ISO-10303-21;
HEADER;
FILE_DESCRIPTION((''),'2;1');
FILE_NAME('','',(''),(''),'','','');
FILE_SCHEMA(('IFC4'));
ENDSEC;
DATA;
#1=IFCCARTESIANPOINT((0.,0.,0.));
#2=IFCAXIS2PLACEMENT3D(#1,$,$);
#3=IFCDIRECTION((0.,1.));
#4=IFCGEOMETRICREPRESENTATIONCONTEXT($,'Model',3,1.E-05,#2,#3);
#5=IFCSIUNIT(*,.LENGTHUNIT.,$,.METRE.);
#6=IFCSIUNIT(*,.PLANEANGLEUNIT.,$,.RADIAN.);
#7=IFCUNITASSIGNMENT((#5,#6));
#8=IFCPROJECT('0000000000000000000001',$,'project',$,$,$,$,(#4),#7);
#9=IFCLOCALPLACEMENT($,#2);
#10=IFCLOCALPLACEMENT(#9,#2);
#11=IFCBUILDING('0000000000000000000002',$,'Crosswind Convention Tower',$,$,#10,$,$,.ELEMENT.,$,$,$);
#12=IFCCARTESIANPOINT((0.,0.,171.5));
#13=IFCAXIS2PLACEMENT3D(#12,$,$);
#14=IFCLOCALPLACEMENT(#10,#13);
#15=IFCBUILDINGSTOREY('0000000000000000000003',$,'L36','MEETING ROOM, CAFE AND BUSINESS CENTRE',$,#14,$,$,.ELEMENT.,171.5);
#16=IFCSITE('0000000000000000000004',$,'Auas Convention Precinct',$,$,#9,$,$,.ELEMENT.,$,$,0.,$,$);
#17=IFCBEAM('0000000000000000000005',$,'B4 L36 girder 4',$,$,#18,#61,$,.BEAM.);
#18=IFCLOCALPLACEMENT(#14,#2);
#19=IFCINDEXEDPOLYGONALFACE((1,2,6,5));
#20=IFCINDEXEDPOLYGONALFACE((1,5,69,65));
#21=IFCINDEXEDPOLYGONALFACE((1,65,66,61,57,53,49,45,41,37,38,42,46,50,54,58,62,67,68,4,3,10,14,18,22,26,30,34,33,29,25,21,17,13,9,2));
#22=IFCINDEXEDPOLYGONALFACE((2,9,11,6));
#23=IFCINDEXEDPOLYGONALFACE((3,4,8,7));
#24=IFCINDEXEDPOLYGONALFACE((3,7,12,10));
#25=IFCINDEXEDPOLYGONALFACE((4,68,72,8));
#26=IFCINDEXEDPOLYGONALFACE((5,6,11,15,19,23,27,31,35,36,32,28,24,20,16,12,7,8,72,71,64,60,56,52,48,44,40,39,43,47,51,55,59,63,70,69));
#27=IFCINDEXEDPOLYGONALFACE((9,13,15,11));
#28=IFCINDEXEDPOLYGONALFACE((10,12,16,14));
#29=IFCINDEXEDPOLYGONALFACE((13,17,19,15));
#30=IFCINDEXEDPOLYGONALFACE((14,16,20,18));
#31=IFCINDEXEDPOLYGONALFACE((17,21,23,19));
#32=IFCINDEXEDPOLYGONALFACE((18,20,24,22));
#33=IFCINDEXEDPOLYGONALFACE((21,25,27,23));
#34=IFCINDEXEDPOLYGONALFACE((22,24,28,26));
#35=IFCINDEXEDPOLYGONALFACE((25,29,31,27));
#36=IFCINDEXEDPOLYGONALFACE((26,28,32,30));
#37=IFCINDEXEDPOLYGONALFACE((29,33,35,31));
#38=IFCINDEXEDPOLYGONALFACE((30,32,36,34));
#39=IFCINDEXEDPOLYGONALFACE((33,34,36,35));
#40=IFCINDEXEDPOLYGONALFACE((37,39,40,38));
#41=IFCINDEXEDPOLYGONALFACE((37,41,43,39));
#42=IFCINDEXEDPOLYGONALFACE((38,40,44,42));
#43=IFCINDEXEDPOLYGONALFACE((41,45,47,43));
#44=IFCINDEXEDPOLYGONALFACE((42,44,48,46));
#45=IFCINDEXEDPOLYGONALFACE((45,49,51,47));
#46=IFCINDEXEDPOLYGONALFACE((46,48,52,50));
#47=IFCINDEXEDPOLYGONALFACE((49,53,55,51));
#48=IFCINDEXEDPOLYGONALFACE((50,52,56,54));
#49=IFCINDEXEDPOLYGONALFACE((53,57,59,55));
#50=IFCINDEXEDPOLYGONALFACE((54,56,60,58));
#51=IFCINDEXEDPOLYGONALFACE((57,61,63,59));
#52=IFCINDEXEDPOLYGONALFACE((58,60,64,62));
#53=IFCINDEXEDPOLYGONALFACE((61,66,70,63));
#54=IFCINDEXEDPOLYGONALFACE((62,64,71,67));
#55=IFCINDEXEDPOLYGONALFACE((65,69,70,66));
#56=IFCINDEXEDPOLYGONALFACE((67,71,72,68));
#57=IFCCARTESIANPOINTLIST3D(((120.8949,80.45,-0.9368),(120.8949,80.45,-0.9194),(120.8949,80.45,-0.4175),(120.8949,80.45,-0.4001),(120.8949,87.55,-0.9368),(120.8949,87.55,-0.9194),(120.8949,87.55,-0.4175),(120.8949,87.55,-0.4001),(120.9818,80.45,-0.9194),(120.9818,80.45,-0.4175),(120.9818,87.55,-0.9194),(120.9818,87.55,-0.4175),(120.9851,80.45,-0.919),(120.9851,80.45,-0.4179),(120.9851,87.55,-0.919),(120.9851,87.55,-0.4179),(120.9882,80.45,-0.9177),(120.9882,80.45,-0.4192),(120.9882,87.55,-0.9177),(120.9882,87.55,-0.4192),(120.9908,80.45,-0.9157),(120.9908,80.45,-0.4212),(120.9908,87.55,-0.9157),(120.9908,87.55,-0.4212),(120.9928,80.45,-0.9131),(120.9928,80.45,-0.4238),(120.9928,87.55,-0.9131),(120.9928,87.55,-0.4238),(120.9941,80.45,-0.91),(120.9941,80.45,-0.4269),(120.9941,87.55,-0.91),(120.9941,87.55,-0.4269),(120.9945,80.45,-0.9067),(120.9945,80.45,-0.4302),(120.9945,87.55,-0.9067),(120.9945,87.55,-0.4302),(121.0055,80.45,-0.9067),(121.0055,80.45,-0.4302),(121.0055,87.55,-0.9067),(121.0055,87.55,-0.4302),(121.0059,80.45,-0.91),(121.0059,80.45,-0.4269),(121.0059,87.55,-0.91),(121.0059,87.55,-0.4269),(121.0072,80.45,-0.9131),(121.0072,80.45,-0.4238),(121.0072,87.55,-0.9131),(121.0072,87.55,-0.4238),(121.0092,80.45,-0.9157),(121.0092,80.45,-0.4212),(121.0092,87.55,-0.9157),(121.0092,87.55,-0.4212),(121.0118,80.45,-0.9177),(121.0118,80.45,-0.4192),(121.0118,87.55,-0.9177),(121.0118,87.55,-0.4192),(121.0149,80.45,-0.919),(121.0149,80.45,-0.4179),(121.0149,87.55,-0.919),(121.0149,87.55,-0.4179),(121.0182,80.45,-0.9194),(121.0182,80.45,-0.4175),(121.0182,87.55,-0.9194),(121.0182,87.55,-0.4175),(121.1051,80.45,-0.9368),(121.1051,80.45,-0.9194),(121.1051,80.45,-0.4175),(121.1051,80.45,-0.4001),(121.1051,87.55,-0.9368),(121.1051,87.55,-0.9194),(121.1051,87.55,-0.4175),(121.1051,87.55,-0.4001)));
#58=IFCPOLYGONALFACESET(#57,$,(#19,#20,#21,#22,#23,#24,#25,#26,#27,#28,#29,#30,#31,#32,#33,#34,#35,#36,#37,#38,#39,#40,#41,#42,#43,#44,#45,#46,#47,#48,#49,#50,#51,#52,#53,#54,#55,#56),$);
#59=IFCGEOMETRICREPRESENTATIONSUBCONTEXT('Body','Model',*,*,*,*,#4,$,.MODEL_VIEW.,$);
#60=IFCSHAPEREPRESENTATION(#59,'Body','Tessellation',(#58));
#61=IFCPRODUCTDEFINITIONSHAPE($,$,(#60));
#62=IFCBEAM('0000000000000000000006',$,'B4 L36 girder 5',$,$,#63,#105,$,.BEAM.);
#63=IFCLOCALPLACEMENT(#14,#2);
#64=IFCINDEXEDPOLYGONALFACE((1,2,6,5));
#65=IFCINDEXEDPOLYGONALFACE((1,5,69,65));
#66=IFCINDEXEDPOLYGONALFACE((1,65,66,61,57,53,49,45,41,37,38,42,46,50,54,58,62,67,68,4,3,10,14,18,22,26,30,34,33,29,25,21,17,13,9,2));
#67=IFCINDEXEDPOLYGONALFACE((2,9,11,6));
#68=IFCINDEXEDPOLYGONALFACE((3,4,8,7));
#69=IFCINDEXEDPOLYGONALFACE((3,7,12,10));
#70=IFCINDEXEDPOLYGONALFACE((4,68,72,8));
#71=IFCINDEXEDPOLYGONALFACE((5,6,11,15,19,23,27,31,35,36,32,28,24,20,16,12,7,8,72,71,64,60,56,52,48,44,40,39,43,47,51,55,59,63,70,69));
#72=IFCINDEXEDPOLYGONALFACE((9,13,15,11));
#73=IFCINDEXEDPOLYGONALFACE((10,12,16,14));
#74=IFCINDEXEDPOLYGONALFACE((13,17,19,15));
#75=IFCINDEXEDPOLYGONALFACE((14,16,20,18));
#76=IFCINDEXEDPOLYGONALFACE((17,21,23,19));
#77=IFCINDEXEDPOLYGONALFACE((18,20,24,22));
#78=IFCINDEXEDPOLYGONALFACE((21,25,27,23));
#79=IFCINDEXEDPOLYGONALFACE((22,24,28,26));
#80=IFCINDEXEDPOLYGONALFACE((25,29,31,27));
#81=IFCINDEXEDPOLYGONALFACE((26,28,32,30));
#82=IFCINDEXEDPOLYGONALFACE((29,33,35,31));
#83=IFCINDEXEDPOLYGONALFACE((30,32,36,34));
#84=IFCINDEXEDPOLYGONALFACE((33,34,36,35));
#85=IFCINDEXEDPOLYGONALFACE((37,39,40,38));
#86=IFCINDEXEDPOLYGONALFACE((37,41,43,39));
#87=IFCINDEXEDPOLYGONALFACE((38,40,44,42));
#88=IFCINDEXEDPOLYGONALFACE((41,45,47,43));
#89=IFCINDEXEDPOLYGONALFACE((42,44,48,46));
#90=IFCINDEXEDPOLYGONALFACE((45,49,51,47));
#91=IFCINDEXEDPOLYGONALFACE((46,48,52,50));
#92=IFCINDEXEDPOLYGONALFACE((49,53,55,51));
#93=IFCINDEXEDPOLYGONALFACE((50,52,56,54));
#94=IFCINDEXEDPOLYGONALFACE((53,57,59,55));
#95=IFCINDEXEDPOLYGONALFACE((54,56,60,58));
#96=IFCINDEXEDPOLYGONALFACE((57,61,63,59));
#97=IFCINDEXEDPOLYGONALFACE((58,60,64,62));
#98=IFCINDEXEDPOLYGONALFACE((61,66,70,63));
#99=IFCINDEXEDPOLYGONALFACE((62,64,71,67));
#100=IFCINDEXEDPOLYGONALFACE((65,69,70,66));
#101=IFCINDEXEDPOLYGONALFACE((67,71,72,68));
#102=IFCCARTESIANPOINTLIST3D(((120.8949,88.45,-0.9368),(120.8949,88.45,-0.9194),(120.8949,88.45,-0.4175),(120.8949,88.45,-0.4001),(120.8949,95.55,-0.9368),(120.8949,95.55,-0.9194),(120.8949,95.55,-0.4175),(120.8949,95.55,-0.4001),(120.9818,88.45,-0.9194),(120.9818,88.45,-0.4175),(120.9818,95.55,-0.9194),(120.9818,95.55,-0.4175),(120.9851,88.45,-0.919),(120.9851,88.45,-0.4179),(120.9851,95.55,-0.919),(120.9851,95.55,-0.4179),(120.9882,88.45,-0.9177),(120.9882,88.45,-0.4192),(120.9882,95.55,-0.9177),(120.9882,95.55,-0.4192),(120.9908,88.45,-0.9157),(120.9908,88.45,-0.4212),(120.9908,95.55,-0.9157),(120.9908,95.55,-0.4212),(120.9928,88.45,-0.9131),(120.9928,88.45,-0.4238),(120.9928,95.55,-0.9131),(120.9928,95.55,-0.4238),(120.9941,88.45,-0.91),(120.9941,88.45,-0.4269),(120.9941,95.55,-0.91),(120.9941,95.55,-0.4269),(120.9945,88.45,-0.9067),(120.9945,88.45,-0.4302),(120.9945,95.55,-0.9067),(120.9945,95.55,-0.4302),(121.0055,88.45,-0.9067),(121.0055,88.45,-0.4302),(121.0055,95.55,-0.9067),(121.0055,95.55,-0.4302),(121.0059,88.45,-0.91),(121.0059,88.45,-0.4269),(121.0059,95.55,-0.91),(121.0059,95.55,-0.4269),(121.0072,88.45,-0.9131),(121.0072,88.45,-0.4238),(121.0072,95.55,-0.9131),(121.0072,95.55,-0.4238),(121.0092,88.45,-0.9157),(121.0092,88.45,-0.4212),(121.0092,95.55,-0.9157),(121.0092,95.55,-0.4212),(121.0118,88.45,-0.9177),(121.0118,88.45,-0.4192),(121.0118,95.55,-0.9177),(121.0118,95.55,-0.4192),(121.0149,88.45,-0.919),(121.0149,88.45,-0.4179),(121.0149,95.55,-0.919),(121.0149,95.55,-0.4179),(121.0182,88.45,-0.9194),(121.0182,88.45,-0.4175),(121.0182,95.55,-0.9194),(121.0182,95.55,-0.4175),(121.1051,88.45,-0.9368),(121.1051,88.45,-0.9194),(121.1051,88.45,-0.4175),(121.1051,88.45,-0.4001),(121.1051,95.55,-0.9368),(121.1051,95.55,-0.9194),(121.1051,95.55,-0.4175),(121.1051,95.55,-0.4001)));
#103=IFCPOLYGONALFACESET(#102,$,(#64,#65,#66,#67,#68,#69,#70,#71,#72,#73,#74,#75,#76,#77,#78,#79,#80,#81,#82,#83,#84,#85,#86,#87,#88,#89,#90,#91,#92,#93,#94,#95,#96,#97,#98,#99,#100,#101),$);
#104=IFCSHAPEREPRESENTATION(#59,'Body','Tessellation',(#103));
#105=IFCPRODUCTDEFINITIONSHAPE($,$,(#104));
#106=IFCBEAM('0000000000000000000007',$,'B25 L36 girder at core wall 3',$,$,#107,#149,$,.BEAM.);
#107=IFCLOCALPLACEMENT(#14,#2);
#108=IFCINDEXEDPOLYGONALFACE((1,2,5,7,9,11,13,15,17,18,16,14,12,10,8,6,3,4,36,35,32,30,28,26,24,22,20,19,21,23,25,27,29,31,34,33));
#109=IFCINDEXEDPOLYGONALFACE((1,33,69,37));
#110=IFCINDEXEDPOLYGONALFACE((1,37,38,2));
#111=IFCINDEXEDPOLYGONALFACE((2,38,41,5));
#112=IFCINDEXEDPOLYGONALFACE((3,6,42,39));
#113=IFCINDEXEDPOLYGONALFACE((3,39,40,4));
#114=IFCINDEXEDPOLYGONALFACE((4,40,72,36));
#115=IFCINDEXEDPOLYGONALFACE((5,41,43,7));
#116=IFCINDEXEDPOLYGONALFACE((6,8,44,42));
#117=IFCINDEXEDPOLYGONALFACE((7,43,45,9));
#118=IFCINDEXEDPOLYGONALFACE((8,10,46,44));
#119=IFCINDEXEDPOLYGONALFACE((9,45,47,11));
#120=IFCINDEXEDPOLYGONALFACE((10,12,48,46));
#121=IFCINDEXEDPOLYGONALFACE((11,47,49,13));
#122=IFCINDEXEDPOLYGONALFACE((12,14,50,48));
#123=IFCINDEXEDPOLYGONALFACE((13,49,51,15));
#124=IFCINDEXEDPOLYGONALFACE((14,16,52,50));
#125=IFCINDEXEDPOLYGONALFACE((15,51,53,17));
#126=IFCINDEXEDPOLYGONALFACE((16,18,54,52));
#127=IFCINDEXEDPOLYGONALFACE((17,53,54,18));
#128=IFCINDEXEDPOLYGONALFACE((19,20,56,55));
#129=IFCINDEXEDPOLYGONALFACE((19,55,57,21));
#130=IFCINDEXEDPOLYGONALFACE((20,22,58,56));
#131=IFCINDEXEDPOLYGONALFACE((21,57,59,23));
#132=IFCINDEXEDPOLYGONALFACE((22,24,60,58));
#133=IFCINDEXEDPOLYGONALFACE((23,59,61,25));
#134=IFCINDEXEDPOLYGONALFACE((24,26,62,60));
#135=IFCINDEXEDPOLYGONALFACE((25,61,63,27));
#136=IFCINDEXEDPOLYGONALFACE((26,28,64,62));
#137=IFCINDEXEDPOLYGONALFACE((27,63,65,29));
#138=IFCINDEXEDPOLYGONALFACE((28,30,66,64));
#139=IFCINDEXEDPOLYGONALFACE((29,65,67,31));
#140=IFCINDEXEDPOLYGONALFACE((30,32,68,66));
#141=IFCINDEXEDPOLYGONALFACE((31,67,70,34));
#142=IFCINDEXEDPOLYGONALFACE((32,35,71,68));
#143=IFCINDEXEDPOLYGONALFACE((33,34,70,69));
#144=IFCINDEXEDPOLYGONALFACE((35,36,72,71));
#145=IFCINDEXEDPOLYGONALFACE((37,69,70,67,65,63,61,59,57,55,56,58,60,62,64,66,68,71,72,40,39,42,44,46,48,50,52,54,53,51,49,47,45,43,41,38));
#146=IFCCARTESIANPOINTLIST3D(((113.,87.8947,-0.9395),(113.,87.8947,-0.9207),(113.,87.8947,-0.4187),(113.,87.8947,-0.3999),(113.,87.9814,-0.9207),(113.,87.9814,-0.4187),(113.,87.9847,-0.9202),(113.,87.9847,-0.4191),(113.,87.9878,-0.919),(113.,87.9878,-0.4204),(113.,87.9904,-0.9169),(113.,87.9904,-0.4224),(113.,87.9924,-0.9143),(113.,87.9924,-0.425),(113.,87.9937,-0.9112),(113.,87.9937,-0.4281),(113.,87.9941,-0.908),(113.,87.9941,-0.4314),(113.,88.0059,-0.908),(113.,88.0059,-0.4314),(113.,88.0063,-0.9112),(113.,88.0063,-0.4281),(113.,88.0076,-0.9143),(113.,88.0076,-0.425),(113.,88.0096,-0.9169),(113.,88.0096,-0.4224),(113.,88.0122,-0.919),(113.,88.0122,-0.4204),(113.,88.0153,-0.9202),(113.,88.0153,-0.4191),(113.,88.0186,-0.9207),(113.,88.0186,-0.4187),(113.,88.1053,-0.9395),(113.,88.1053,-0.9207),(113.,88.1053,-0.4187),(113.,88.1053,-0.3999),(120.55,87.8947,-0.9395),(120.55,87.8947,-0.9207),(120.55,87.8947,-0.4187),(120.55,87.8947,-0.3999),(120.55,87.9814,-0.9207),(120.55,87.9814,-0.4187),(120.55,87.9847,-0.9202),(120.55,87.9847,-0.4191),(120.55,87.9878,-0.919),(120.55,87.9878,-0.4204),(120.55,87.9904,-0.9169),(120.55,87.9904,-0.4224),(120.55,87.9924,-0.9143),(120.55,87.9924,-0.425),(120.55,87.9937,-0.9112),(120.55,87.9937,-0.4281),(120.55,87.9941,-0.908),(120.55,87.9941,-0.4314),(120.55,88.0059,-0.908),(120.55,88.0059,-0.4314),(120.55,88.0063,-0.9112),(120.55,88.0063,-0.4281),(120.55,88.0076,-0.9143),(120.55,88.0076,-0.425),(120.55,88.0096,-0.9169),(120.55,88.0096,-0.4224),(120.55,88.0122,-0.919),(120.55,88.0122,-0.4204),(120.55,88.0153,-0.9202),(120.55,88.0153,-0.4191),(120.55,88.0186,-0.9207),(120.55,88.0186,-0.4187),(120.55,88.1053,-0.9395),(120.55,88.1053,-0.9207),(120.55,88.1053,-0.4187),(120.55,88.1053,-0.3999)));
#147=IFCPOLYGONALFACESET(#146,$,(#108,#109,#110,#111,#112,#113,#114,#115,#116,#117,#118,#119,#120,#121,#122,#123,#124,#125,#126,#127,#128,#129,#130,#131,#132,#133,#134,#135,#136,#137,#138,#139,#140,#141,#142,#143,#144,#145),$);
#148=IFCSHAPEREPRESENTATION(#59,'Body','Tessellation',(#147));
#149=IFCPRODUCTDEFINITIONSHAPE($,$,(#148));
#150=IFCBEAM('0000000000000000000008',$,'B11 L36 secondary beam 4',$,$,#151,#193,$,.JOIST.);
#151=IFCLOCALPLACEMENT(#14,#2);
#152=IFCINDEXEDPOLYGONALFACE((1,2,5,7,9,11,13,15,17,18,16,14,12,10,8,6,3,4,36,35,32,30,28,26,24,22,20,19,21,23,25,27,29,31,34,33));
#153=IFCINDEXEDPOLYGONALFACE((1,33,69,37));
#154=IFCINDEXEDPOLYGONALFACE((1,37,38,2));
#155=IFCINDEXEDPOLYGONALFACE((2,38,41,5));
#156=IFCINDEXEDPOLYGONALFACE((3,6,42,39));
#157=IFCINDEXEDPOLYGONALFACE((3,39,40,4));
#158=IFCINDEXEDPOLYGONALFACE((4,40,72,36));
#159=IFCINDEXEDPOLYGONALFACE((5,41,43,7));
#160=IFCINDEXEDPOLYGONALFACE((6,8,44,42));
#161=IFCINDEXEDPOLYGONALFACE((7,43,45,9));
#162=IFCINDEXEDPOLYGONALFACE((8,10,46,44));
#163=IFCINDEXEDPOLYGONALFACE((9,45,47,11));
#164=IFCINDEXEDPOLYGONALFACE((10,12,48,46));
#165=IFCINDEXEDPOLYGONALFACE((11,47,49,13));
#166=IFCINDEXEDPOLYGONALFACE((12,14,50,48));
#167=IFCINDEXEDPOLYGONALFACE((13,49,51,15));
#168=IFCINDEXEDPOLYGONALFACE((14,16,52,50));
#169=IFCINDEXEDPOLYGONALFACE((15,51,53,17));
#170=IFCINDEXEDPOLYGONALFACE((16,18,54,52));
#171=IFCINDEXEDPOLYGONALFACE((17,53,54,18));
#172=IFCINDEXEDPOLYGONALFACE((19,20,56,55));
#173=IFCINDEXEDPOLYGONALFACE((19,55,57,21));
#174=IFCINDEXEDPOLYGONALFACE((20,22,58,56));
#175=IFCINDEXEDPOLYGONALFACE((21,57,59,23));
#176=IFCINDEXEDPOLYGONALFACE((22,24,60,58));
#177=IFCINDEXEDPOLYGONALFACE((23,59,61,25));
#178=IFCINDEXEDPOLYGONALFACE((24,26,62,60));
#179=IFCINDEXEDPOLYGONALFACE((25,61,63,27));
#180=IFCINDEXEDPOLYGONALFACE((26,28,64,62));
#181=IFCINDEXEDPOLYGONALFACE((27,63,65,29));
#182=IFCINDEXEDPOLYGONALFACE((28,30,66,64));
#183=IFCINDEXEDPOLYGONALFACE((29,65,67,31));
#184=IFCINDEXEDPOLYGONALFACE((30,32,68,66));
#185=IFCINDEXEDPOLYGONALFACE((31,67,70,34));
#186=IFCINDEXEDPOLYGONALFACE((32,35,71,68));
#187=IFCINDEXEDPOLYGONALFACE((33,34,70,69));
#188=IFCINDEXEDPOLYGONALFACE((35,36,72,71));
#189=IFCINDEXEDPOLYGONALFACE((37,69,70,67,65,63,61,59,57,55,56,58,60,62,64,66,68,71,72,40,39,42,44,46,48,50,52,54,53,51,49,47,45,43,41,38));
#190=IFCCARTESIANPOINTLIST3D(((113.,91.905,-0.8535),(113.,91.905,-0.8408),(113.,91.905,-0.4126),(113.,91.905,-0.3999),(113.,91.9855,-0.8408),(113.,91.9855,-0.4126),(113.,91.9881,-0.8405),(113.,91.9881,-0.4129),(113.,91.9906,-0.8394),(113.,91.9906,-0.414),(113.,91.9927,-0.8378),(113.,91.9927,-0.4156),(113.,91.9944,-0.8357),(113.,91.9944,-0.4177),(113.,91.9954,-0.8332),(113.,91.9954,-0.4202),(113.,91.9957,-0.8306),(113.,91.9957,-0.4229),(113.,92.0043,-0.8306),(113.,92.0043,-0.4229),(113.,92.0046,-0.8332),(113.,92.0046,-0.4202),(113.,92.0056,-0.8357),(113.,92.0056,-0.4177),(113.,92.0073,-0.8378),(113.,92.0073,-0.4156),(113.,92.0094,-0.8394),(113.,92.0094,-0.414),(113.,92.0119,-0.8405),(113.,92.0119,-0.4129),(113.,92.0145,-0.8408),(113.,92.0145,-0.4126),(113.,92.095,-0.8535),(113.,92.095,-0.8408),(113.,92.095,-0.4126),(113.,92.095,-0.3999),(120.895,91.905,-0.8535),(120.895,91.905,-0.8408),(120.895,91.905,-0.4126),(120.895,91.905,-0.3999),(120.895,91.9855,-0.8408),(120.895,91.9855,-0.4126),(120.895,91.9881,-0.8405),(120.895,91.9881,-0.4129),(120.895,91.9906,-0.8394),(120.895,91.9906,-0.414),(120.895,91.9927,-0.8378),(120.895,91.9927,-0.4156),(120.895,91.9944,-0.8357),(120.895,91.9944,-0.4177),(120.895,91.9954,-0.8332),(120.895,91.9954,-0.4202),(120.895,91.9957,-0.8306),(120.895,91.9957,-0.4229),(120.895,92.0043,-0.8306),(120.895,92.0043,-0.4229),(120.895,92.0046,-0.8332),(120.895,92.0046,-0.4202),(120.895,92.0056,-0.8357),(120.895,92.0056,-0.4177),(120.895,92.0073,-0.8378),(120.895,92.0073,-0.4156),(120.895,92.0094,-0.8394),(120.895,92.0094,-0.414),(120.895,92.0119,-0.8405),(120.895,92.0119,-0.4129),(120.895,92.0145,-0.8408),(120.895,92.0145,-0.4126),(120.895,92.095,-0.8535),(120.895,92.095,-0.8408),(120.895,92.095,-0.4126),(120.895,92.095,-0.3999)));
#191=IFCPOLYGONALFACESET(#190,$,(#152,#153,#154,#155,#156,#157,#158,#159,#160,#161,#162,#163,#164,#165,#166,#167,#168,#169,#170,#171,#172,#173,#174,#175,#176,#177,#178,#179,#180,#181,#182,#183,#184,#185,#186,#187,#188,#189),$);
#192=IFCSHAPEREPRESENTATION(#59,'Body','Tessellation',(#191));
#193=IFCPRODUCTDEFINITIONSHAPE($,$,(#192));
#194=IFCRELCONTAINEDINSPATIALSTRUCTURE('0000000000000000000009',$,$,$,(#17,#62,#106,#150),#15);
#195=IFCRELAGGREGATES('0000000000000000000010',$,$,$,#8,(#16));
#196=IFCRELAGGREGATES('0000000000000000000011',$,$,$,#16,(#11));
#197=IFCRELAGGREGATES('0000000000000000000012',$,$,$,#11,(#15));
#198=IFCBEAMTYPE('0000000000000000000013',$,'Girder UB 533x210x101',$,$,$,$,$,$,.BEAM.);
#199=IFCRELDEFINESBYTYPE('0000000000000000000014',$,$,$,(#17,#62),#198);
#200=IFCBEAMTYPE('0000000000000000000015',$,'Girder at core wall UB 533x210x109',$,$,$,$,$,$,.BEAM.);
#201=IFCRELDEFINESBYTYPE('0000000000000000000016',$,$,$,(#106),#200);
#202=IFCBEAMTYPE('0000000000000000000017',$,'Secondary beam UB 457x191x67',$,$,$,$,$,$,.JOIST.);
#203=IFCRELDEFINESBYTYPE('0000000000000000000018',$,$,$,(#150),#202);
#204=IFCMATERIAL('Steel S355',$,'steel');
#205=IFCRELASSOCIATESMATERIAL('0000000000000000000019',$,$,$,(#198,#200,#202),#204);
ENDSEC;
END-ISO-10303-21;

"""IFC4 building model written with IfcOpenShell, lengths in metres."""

from ifc_helpers import new_model, si_unit, direction, frame, origin, origin_2d, place, context, subcontext, project, spatial, i_section, extrude, material, material_profile, profile_set, type_object, element, save


model = new_model("IFC4")

# Units and contexts
model_context = context("Model", 3, precision=1e-05, world=origin(), true_north=direction((0.0, 1.0)))
body_context = subcontext(model_context, "Body", "Model", "MODEL_VIEW")
ifc_project = project(units=[si_unit("LENGTHUNIT", "METRE"), si_unit("PLANEANGLEUNIT", "RADIAN")], contexts=[model_context])

# Site, building, storey
site_placement = place(None, origin())
site = spatial("IfcSite", under=ifc_project, at=site_placement, Name="Auas Convention Precinct", CompositionType="ELEMENT", RefElevation=0.0)
building_placement = place(site_placement, origin())
building = spatial("IfcBuilding", under=site, at=building_placement, Name="Crosswind Convention Tower", CompositionType="ELEMENT")
storey_placement = place(building_placement, frame((0.0, 0.0, 171.5)))
storey = spatial("IfcBuildingStorey", under=building, at=storey_placement, Name="L36", Description="MEETING ROOM, CAFE AND BUSINESS CENTRE", CompositionType="ELEMENT", Elevation=171.5)

# Beams
ifc_material_1 = material(Name="Steel S355", Category="steel")
ifc_material_profile_1 = material_profile(ifc_material_1, i_section(OverallWidth=0.2102, OverallDepth=0.5366, WebThickness=0.011, FlangeThickness=0.0173, FilletRadius=0.0127, at=origin_2d()), Name="UB 533x210x101")
ifc_profile_set_1 = profile_set([ifc_material_profile_1], Name="Steel S355")
beam_type_1 = type_object("IfcBeamType", Name="Girder UB 533x210x101", PredefinedType="BEAM", material=ifc_profile_set_1)
for number, where, z_axis, x_axis, name in (
    (1, (121.0, 80.45, -0.6685), (0.0, 1.0, 0.0), (-1.0, 0.0, 0.0), "B4 L36 girder 4"),
    (2, (121.0, 88.45, -0.6685), (0.0, 1.0, 0.0), (-1.0, 0.0, 0.0), "B4 L36 girder 5"),
):
    element("IfcBeam", number, at=place(storey_placement, frame(where, z_axis=z_axis, x_axis=x_axis)), inside=storey, type_object=beam_type_1, Name=name, PredefinedType="BEAM", context=body_context, shape_type="SweptSolid", body=[
        extrude(i_section(OverallWidth=0.2102, OverallDepth=0.5366, WebThickness=0.011, FlangeThickness=0.0173, FilletRadius=0.0127, at=origin_2d()), origin(), (0.0, 0.0, 1.0), 7.1001),
    ])
ifc_material_profile_2 = material_profile(ifc_material_1, i_section(OverallWidth=0.2107, OverallDepth=0.5396, WebThickness=0.0117, FlangeThickness=0.0188, FilletRadius=0.0127, at=origin_2d()), Name="UB 533x210x109")
ifc_profile_set_2 = profile_set([ifc_material_profile_2], Name="Steel S355")
beam_type_2 = type_object("IfcBeamType", Name="Girder at core wall UB 533x210x109", PredefinedType="BEAM", material=ifc_profile_set_2)
beam_1_placement = place(storey_placement, frame((113.0, 88.0, -0.6697), z_axis=(1.0, 0.0, 0.0), x_axis=(0.0, 1.0, 0.0)))
element("IfcBeam", 3, at=beam_1_placement, inside=storey, type_object=beam_type_2, Name="B25 L36 girder at core wall 3", PredefinedType="BEAM", context=body_context, shape_type="SweptSolid", body=[
    extrude(i_section(OverallWidth=0.2107, OverallDepth=0.5396, WebThickness=0.0117, FlangeThickness=0.0188, FilletRadius=0.0127, at=origin_2d()), origin(), (0.0, 0.0, 1.0), 7.55),
])
ifc_material_profile_3 = material_profile(ifc_material_1, i_section(OverallWidth=0.1899, OverallDepth=0.4536, WebThickness=0.0085, FlangeThickness=0.0127, FilletRadius=0.0103, at=origin_2d()), Name="UB 457x191x67")
ifc_profile_set_3 = profile_set([ifc_material_profile_3], Name="Steel S355")
beam_type_3 = type_object("IfcBeamType", Name="Secondary beam UB 457x191x67", PredefinedType="JOIST", material=ifc_profile_set_3)
beam_2_placement = place(storey_placement, frame((113.0, 92.0, -0.6267), z_axis=(1.0, 0.0, 0.0), x_axis=(0.0, 1.0, 0.0)))
element("IfcBeam", 4, at=beam_2_placement, inside=storey, type_object=beam_type_3, Name="B11 L36 secondary beam 4", PredefinedType="JOIST", context=body_context, shape_type="SweptSolid", body=[
    extrude(i_section(OverallWidth=0.1899, OverallDepth=0.4536, WebThickness=0.0085, FlangeThickness=0.0127, FilletRadius=0.0103, at=origin_2d()), origin(), (0.0, 0.0, 1.0), 7.895),
])

save(model, "model.ifc")
